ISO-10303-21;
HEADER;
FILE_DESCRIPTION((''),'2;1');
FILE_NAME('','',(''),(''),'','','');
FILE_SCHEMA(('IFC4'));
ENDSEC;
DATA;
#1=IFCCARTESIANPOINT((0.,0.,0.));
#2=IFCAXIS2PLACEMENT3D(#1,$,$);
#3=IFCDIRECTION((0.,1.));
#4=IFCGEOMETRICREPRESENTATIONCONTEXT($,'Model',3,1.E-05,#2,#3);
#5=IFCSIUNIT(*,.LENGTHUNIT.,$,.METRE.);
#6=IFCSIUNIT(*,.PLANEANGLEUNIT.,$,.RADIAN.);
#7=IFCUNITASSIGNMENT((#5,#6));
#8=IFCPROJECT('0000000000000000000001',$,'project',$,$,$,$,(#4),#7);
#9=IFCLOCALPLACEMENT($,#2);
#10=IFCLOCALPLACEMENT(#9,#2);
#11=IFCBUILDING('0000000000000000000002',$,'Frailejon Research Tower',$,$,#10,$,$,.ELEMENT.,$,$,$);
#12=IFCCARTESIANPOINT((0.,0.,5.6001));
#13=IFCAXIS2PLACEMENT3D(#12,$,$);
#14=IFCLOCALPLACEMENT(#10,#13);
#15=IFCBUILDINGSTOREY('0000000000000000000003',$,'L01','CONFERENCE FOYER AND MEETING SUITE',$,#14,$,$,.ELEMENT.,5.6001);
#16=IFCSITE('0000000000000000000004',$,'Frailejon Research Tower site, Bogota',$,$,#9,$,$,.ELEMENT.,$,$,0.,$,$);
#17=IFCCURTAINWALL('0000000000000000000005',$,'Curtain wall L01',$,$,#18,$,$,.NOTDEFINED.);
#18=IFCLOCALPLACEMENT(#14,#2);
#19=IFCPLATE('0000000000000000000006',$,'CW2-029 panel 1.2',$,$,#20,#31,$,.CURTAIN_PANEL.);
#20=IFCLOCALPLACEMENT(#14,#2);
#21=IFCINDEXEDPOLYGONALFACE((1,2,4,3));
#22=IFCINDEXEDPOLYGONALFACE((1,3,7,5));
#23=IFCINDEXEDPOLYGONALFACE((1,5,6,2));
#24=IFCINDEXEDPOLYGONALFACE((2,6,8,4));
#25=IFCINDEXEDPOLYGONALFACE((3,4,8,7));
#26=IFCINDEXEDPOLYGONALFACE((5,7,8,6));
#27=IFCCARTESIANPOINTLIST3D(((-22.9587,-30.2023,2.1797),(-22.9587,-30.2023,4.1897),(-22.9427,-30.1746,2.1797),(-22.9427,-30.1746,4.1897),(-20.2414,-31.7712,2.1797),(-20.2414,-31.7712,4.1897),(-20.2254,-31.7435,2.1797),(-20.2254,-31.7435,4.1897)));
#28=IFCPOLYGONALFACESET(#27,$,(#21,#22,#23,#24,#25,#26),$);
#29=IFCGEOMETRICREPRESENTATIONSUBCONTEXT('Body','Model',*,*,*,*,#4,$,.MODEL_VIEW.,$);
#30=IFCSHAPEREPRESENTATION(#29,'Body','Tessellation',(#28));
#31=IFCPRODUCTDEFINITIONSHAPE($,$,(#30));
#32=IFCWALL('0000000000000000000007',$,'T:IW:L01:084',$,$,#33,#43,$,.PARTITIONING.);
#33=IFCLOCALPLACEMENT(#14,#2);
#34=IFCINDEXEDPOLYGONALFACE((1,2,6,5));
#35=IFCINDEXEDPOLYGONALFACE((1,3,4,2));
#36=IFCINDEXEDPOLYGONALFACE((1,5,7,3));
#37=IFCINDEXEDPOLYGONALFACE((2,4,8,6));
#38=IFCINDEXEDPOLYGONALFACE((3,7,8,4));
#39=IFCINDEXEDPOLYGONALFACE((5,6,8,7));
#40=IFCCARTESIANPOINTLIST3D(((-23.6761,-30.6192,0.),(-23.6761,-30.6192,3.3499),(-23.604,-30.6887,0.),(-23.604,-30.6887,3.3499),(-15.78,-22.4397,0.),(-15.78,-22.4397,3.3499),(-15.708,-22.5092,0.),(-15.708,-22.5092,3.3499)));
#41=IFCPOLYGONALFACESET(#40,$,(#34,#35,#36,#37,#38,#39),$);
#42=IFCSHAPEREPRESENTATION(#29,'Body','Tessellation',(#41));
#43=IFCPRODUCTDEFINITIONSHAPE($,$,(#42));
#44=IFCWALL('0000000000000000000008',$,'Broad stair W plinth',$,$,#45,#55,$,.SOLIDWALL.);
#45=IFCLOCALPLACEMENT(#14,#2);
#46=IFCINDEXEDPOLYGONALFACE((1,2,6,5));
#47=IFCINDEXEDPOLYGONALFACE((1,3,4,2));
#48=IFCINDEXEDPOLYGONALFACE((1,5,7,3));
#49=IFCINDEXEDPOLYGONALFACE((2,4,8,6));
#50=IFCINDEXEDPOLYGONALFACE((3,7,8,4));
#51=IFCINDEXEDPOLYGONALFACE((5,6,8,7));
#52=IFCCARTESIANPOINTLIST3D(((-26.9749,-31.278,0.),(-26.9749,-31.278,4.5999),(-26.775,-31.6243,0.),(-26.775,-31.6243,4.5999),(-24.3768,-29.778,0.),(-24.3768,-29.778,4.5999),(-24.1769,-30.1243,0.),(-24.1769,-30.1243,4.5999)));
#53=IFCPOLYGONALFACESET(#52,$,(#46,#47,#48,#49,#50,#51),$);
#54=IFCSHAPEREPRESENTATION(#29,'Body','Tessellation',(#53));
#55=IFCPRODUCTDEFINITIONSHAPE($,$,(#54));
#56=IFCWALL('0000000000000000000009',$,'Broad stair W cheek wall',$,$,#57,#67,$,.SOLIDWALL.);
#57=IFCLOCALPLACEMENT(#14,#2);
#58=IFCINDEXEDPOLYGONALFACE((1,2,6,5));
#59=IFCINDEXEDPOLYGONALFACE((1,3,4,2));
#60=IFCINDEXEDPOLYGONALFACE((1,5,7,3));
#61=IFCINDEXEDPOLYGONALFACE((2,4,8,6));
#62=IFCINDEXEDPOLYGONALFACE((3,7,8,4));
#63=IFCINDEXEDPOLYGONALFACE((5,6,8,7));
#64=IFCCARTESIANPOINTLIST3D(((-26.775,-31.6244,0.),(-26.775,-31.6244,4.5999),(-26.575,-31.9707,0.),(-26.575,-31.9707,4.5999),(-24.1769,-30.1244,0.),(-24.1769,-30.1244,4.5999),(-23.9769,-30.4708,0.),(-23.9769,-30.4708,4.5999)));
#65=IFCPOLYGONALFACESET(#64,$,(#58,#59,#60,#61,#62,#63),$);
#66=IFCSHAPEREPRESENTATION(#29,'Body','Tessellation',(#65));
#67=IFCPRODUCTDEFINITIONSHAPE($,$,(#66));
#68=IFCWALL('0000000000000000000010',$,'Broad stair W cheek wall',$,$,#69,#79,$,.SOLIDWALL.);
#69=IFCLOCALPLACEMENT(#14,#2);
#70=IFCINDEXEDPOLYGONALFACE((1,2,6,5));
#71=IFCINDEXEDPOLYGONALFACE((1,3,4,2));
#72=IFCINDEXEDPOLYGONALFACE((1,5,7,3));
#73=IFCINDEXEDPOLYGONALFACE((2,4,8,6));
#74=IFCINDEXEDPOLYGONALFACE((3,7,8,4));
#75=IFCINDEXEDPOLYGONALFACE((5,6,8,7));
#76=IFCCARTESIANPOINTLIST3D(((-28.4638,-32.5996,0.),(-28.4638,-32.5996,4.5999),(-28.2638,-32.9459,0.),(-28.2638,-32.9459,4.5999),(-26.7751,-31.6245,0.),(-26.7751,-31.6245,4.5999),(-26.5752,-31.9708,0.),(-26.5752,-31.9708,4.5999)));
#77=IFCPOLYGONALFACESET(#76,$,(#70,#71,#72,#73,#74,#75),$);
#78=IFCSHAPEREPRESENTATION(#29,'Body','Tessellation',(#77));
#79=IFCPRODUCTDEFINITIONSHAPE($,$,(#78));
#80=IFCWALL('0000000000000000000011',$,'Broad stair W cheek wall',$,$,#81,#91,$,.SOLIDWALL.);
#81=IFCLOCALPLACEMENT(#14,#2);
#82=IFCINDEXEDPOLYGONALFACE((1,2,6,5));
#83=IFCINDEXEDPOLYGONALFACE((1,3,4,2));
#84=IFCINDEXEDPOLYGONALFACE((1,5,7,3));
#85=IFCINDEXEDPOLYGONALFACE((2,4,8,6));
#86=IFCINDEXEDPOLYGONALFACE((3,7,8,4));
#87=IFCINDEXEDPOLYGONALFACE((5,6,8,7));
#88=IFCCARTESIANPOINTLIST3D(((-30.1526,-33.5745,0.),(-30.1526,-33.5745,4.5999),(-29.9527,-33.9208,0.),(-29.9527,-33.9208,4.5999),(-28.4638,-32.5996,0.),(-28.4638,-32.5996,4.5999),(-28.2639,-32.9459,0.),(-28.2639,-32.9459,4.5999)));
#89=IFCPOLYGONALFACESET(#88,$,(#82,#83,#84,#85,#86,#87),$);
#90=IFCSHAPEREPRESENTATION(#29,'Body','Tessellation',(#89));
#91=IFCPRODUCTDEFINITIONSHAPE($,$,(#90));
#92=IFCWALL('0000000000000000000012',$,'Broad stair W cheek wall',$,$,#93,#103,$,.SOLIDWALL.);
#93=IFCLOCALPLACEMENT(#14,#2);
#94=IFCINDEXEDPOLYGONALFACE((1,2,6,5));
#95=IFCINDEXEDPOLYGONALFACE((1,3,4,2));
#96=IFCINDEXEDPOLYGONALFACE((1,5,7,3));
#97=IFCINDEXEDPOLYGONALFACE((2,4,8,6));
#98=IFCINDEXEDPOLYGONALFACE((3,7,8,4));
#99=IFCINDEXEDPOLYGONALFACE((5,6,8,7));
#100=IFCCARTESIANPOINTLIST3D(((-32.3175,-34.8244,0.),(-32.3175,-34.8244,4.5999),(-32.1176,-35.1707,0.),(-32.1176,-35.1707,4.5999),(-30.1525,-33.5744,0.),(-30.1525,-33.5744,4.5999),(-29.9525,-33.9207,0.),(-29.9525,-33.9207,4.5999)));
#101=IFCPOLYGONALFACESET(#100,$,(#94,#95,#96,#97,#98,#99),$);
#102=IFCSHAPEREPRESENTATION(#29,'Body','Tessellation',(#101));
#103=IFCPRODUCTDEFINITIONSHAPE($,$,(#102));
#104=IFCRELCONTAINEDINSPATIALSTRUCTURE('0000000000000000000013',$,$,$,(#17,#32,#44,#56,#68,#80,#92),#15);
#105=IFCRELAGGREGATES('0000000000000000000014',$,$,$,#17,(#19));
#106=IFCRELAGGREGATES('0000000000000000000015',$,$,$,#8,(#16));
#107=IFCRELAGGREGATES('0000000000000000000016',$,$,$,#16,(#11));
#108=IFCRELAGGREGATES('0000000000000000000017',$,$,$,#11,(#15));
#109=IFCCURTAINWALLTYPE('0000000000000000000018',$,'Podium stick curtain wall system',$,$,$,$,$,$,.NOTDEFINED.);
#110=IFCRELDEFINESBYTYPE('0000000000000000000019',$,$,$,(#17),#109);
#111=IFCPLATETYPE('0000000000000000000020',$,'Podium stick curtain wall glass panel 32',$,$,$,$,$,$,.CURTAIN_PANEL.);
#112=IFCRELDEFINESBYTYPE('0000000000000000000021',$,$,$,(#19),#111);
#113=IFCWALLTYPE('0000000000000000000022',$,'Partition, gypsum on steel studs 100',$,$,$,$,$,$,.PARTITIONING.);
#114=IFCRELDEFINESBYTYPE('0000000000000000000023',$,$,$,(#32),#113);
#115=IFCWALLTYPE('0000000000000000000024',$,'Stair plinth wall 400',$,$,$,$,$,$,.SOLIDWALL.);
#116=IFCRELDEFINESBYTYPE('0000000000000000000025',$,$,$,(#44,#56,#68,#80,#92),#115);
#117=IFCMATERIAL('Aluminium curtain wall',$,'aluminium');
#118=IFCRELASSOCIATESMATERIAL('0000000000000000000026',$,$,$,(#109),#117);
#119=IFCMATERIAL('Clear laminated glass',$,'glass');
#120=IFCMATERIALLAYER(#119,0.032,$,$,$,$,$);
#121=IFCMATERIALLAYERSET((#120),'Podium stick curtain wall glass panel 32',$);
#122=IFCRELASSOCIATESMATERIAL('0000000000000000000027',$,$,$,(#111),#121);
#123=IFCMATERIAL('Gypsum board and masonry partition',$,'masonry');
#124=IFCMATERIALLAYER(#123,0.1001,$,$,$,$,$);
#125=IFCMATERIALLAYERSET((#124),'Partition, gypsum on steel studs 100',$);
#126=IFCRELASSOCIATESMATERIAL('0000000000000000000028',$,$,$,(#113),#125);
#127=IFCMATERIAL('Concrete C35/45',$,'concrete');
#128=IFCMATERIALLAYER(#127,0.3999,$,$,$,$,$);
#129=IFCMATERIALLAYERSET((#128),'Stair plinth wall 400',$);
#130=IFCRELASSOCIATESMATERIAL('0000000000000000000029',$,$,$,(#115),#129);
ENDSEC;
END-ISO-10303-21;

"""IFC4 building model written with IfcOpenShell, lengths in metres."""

from ifc_helpers import new_model, si_unit, direction, frame, frame_2d, origin, origin_2d, place, context, subcontext, project, spatial, rectangle, extrude, material, layer, layer_set, type_object, element, aggregate, save


model = new_model("IFC4")

# Units and contexts
model_context = context("Model", 3, precision=1e-05, world=origin(), true_north=direction((0.0, 1.0)))
body_context = subcontext(model_context, "Body", "Model", "MODEL_VIEW")
ifc_project = project(units=[si_unit("LENGTHUNIT", "METRE"), si_unit("PLANEANGLEUNIT", "RADIAN")], contexts=[model_context])

# Site, building, storey
site_placement = place(None, origin())
site = spatial("IfcSite", under=ifc_project, at=site_placement, Name="Frailejon Research Tower site, Bogota", CompositionType="ELEMENT", RefElevation=0.0)
building_placement = place(site_placement, origin())
building = spatial("IfcBuilding", under=site, at=building_placement, Name="Frailejon Research Tower", CompositionType="ELEMENT")
storey_placement = place(building_placement, frame((0.0, 0.0, 5.6001)))
storey = spatial("IfcBuildingStorey", under=building, at=storey_placement, Name="L01", Description="CONFERENCE FOYER AND MEETING SUITE", CompositionType="ELEMENT", Elevation=5.6001)

# Shared definitions
ifc_material_1 = material(Name="Aluminium curtain wall", Category="aluminium")
curtain_wall_type = type_object("IfcCurtainWallType", Name="Podium stick curtain wall system", PredefinedType="NOTDEFINED", material=ifc_material_1)

# Curtain wall
curtain_wall_1_placement = place(storey_placement, origin())
curtain_wall_1 = element("IfcCurtainWall", 1, at=curtain_wall_1_placement, inside=storey, type_object=curtain_wall_type, Name="Curtain wall L01", PredefinedType="NOTDEFINED")

# Plate
ifc_material_2 = material(Name="Clear laminated glass", Category="glass")
ifc_layer_1 = layer(ifc_material_2, 0.032)
ifc_layer_set_1 = layer_set([ifc_layer_1], Name="Podium stick curtain wall glass panel 32")
plate_type = type_object("IfcPlateType", Name="Podium stick curtain wall glass panel 32", PredefinedType="CURTAIN_PANEL", material=ifc_layer_set_1)
plate_1_placement = place(storey_placement, frame((-21.592, -30.9729, 2.1797), z_axis=(0.0, 0.0, 1.0), x_axis=(0.866025, -0.5, 0.0)))
plate_1 = element("IfcPlate", 2, at=plate_1_placement, type_object=plate_type, Name="CW2-029 panel 1.2", PredefinedType="CURTAIN_PANEL", context=body_context, shape_type="SweptSolid", body=[
    extrude(rectangle(XDim=3.1377, YDim=0.032, at=origin_2d()), origin(), (0.0, 0.0, 1.0), 2.01),
])
aggregate(curtain_wall_1, [plate_1])

# Walls
ifc_material_3 = material(Name="Gypsum board and masonry partition", Category="masonry")
ifc_layer_2 = layer(ifc_material_3, 0.1001)
ifc_layer_set_2 = layer_set([ifc_layer_2], Name="Partition, gypsum on steel studs 100")
wall_type_1 = type_object("IfcWallType", Name="Partition, gypsum on steel studs 100", PredefinedType="PARTITIONING", material=ifc_layer_set_2)
wall_1_placement = place(storey_placement, frame((-23.6401, -30.6541, 0.0), z_axis=(0.0, 0.0, 1.0), x_axis=(0.694531, 0.719463, 0.0)))
element("IfcWall", 3, at=wall_1_placement, inside=storey, type_object=wall_type_1, Name="T:IW:L01:084", PredefinedType="PARTITIONING", context=body_context, shape_type="SweptSolid", body=[
    extrude(rectangle(XDim=11.3689, YDim=0.1001, at=frame_2d((5.6846, 0.0))), origin(), (0.0, 0.0, 1.0), 3.3499),
])
ifc_material_4 = material(Name="Concrete C35/45", Category="concrete")
ifc_layer_3 = layer(ifc_material_4, 0.3999)
ifc_layer_set_3 = layer_set([ifc_layer_3], Name="Stair plinth wall 400")
wall_type_2 = type_object("IfcWallType", Name="Stair plinth wall 400", PredefinedType="SOLIDWALL", material=ifc_layer_set_3)
for number, where, z_axis, x_axis, name in (
    (4, (-24.2769, -29.9512, 0.0), (0.0, 0.0, 1.0), (-0.866031, -0.49999, 0.0), "Broad stair W plinth"),
    (5, (-24.0769, -30.2976, 0.0), (0.0, 0.0, 1.0), (-0.866031, -0.49999, 0.0), "Broad stair W cheek wall"),
):
    element("IfcWall", number, at=place(storey_placement, frame(where, z_axis=z_axis, x_axis=x_axis)), inside=storey, type_object=wall_type_2, Name=name, PredefinedType="SOLIDWALL", context=body_context, shape_type="SweptSolid", body=[
        extrude(rectangle(XDim=3.0, YDim=0.3999, at=frame_2d((1.5, 0.0))), origin(), (0.0, 0.0, 1.0), 4.5999),
    ])
for number, where, z_axis, x_axis, name in (
    (6, (-26.675, -31.7976, 0.0), (0.0, 0.0, 1.0), (-0.866, -0.500044, 0.0), "Broad stair W cheek wall"),
    (7, (-28.3638, -32.7727, 0.0), (0.0, 0.0, 1.0), (-0.866054, -0.49995, 0.0), "Broad stair W cheek wall"),
):
    element("IfcWall", number, at=place(storey_placement, frame(where, z_axis=z_axis, x_axis=x_axis)), inside=storey, type_object=wall_type_2, Name=name, PredefinedType="SOLIDWALL", context=body_context, shape_type="SweptSolid", body=[
        extrude(rectangle(XDim=1.95, YDim=0.3999, at=frame_2d((0.9751, 0.0))), origin(), (0.0, 0.0, 1.0), 4.5999),
    ])
wall_2_placement = place(storey_placement, frame((-30.0525, -33.7476, 0.0), z_axis=(0.0, 0.0, 1.0), x_axis=(-0.866023, -0.500004, 0.0)))
element("IfcWall", 8, at=wall_2_placement, inside=storey, type_object=wall_type_2, Name="Broad stair W cheek wall", PredefinedType="SOLIDWALL", context=body_context, shape_type="SweptSolid", body=[
    extrude(rectangle(XDim=2.5, YDim=0.3999, at=frame_2d((1.25, 0.0))), origin(), (0.0, 0.0, 1.0), 4.5999),
])

save(model, "model.ifc")
